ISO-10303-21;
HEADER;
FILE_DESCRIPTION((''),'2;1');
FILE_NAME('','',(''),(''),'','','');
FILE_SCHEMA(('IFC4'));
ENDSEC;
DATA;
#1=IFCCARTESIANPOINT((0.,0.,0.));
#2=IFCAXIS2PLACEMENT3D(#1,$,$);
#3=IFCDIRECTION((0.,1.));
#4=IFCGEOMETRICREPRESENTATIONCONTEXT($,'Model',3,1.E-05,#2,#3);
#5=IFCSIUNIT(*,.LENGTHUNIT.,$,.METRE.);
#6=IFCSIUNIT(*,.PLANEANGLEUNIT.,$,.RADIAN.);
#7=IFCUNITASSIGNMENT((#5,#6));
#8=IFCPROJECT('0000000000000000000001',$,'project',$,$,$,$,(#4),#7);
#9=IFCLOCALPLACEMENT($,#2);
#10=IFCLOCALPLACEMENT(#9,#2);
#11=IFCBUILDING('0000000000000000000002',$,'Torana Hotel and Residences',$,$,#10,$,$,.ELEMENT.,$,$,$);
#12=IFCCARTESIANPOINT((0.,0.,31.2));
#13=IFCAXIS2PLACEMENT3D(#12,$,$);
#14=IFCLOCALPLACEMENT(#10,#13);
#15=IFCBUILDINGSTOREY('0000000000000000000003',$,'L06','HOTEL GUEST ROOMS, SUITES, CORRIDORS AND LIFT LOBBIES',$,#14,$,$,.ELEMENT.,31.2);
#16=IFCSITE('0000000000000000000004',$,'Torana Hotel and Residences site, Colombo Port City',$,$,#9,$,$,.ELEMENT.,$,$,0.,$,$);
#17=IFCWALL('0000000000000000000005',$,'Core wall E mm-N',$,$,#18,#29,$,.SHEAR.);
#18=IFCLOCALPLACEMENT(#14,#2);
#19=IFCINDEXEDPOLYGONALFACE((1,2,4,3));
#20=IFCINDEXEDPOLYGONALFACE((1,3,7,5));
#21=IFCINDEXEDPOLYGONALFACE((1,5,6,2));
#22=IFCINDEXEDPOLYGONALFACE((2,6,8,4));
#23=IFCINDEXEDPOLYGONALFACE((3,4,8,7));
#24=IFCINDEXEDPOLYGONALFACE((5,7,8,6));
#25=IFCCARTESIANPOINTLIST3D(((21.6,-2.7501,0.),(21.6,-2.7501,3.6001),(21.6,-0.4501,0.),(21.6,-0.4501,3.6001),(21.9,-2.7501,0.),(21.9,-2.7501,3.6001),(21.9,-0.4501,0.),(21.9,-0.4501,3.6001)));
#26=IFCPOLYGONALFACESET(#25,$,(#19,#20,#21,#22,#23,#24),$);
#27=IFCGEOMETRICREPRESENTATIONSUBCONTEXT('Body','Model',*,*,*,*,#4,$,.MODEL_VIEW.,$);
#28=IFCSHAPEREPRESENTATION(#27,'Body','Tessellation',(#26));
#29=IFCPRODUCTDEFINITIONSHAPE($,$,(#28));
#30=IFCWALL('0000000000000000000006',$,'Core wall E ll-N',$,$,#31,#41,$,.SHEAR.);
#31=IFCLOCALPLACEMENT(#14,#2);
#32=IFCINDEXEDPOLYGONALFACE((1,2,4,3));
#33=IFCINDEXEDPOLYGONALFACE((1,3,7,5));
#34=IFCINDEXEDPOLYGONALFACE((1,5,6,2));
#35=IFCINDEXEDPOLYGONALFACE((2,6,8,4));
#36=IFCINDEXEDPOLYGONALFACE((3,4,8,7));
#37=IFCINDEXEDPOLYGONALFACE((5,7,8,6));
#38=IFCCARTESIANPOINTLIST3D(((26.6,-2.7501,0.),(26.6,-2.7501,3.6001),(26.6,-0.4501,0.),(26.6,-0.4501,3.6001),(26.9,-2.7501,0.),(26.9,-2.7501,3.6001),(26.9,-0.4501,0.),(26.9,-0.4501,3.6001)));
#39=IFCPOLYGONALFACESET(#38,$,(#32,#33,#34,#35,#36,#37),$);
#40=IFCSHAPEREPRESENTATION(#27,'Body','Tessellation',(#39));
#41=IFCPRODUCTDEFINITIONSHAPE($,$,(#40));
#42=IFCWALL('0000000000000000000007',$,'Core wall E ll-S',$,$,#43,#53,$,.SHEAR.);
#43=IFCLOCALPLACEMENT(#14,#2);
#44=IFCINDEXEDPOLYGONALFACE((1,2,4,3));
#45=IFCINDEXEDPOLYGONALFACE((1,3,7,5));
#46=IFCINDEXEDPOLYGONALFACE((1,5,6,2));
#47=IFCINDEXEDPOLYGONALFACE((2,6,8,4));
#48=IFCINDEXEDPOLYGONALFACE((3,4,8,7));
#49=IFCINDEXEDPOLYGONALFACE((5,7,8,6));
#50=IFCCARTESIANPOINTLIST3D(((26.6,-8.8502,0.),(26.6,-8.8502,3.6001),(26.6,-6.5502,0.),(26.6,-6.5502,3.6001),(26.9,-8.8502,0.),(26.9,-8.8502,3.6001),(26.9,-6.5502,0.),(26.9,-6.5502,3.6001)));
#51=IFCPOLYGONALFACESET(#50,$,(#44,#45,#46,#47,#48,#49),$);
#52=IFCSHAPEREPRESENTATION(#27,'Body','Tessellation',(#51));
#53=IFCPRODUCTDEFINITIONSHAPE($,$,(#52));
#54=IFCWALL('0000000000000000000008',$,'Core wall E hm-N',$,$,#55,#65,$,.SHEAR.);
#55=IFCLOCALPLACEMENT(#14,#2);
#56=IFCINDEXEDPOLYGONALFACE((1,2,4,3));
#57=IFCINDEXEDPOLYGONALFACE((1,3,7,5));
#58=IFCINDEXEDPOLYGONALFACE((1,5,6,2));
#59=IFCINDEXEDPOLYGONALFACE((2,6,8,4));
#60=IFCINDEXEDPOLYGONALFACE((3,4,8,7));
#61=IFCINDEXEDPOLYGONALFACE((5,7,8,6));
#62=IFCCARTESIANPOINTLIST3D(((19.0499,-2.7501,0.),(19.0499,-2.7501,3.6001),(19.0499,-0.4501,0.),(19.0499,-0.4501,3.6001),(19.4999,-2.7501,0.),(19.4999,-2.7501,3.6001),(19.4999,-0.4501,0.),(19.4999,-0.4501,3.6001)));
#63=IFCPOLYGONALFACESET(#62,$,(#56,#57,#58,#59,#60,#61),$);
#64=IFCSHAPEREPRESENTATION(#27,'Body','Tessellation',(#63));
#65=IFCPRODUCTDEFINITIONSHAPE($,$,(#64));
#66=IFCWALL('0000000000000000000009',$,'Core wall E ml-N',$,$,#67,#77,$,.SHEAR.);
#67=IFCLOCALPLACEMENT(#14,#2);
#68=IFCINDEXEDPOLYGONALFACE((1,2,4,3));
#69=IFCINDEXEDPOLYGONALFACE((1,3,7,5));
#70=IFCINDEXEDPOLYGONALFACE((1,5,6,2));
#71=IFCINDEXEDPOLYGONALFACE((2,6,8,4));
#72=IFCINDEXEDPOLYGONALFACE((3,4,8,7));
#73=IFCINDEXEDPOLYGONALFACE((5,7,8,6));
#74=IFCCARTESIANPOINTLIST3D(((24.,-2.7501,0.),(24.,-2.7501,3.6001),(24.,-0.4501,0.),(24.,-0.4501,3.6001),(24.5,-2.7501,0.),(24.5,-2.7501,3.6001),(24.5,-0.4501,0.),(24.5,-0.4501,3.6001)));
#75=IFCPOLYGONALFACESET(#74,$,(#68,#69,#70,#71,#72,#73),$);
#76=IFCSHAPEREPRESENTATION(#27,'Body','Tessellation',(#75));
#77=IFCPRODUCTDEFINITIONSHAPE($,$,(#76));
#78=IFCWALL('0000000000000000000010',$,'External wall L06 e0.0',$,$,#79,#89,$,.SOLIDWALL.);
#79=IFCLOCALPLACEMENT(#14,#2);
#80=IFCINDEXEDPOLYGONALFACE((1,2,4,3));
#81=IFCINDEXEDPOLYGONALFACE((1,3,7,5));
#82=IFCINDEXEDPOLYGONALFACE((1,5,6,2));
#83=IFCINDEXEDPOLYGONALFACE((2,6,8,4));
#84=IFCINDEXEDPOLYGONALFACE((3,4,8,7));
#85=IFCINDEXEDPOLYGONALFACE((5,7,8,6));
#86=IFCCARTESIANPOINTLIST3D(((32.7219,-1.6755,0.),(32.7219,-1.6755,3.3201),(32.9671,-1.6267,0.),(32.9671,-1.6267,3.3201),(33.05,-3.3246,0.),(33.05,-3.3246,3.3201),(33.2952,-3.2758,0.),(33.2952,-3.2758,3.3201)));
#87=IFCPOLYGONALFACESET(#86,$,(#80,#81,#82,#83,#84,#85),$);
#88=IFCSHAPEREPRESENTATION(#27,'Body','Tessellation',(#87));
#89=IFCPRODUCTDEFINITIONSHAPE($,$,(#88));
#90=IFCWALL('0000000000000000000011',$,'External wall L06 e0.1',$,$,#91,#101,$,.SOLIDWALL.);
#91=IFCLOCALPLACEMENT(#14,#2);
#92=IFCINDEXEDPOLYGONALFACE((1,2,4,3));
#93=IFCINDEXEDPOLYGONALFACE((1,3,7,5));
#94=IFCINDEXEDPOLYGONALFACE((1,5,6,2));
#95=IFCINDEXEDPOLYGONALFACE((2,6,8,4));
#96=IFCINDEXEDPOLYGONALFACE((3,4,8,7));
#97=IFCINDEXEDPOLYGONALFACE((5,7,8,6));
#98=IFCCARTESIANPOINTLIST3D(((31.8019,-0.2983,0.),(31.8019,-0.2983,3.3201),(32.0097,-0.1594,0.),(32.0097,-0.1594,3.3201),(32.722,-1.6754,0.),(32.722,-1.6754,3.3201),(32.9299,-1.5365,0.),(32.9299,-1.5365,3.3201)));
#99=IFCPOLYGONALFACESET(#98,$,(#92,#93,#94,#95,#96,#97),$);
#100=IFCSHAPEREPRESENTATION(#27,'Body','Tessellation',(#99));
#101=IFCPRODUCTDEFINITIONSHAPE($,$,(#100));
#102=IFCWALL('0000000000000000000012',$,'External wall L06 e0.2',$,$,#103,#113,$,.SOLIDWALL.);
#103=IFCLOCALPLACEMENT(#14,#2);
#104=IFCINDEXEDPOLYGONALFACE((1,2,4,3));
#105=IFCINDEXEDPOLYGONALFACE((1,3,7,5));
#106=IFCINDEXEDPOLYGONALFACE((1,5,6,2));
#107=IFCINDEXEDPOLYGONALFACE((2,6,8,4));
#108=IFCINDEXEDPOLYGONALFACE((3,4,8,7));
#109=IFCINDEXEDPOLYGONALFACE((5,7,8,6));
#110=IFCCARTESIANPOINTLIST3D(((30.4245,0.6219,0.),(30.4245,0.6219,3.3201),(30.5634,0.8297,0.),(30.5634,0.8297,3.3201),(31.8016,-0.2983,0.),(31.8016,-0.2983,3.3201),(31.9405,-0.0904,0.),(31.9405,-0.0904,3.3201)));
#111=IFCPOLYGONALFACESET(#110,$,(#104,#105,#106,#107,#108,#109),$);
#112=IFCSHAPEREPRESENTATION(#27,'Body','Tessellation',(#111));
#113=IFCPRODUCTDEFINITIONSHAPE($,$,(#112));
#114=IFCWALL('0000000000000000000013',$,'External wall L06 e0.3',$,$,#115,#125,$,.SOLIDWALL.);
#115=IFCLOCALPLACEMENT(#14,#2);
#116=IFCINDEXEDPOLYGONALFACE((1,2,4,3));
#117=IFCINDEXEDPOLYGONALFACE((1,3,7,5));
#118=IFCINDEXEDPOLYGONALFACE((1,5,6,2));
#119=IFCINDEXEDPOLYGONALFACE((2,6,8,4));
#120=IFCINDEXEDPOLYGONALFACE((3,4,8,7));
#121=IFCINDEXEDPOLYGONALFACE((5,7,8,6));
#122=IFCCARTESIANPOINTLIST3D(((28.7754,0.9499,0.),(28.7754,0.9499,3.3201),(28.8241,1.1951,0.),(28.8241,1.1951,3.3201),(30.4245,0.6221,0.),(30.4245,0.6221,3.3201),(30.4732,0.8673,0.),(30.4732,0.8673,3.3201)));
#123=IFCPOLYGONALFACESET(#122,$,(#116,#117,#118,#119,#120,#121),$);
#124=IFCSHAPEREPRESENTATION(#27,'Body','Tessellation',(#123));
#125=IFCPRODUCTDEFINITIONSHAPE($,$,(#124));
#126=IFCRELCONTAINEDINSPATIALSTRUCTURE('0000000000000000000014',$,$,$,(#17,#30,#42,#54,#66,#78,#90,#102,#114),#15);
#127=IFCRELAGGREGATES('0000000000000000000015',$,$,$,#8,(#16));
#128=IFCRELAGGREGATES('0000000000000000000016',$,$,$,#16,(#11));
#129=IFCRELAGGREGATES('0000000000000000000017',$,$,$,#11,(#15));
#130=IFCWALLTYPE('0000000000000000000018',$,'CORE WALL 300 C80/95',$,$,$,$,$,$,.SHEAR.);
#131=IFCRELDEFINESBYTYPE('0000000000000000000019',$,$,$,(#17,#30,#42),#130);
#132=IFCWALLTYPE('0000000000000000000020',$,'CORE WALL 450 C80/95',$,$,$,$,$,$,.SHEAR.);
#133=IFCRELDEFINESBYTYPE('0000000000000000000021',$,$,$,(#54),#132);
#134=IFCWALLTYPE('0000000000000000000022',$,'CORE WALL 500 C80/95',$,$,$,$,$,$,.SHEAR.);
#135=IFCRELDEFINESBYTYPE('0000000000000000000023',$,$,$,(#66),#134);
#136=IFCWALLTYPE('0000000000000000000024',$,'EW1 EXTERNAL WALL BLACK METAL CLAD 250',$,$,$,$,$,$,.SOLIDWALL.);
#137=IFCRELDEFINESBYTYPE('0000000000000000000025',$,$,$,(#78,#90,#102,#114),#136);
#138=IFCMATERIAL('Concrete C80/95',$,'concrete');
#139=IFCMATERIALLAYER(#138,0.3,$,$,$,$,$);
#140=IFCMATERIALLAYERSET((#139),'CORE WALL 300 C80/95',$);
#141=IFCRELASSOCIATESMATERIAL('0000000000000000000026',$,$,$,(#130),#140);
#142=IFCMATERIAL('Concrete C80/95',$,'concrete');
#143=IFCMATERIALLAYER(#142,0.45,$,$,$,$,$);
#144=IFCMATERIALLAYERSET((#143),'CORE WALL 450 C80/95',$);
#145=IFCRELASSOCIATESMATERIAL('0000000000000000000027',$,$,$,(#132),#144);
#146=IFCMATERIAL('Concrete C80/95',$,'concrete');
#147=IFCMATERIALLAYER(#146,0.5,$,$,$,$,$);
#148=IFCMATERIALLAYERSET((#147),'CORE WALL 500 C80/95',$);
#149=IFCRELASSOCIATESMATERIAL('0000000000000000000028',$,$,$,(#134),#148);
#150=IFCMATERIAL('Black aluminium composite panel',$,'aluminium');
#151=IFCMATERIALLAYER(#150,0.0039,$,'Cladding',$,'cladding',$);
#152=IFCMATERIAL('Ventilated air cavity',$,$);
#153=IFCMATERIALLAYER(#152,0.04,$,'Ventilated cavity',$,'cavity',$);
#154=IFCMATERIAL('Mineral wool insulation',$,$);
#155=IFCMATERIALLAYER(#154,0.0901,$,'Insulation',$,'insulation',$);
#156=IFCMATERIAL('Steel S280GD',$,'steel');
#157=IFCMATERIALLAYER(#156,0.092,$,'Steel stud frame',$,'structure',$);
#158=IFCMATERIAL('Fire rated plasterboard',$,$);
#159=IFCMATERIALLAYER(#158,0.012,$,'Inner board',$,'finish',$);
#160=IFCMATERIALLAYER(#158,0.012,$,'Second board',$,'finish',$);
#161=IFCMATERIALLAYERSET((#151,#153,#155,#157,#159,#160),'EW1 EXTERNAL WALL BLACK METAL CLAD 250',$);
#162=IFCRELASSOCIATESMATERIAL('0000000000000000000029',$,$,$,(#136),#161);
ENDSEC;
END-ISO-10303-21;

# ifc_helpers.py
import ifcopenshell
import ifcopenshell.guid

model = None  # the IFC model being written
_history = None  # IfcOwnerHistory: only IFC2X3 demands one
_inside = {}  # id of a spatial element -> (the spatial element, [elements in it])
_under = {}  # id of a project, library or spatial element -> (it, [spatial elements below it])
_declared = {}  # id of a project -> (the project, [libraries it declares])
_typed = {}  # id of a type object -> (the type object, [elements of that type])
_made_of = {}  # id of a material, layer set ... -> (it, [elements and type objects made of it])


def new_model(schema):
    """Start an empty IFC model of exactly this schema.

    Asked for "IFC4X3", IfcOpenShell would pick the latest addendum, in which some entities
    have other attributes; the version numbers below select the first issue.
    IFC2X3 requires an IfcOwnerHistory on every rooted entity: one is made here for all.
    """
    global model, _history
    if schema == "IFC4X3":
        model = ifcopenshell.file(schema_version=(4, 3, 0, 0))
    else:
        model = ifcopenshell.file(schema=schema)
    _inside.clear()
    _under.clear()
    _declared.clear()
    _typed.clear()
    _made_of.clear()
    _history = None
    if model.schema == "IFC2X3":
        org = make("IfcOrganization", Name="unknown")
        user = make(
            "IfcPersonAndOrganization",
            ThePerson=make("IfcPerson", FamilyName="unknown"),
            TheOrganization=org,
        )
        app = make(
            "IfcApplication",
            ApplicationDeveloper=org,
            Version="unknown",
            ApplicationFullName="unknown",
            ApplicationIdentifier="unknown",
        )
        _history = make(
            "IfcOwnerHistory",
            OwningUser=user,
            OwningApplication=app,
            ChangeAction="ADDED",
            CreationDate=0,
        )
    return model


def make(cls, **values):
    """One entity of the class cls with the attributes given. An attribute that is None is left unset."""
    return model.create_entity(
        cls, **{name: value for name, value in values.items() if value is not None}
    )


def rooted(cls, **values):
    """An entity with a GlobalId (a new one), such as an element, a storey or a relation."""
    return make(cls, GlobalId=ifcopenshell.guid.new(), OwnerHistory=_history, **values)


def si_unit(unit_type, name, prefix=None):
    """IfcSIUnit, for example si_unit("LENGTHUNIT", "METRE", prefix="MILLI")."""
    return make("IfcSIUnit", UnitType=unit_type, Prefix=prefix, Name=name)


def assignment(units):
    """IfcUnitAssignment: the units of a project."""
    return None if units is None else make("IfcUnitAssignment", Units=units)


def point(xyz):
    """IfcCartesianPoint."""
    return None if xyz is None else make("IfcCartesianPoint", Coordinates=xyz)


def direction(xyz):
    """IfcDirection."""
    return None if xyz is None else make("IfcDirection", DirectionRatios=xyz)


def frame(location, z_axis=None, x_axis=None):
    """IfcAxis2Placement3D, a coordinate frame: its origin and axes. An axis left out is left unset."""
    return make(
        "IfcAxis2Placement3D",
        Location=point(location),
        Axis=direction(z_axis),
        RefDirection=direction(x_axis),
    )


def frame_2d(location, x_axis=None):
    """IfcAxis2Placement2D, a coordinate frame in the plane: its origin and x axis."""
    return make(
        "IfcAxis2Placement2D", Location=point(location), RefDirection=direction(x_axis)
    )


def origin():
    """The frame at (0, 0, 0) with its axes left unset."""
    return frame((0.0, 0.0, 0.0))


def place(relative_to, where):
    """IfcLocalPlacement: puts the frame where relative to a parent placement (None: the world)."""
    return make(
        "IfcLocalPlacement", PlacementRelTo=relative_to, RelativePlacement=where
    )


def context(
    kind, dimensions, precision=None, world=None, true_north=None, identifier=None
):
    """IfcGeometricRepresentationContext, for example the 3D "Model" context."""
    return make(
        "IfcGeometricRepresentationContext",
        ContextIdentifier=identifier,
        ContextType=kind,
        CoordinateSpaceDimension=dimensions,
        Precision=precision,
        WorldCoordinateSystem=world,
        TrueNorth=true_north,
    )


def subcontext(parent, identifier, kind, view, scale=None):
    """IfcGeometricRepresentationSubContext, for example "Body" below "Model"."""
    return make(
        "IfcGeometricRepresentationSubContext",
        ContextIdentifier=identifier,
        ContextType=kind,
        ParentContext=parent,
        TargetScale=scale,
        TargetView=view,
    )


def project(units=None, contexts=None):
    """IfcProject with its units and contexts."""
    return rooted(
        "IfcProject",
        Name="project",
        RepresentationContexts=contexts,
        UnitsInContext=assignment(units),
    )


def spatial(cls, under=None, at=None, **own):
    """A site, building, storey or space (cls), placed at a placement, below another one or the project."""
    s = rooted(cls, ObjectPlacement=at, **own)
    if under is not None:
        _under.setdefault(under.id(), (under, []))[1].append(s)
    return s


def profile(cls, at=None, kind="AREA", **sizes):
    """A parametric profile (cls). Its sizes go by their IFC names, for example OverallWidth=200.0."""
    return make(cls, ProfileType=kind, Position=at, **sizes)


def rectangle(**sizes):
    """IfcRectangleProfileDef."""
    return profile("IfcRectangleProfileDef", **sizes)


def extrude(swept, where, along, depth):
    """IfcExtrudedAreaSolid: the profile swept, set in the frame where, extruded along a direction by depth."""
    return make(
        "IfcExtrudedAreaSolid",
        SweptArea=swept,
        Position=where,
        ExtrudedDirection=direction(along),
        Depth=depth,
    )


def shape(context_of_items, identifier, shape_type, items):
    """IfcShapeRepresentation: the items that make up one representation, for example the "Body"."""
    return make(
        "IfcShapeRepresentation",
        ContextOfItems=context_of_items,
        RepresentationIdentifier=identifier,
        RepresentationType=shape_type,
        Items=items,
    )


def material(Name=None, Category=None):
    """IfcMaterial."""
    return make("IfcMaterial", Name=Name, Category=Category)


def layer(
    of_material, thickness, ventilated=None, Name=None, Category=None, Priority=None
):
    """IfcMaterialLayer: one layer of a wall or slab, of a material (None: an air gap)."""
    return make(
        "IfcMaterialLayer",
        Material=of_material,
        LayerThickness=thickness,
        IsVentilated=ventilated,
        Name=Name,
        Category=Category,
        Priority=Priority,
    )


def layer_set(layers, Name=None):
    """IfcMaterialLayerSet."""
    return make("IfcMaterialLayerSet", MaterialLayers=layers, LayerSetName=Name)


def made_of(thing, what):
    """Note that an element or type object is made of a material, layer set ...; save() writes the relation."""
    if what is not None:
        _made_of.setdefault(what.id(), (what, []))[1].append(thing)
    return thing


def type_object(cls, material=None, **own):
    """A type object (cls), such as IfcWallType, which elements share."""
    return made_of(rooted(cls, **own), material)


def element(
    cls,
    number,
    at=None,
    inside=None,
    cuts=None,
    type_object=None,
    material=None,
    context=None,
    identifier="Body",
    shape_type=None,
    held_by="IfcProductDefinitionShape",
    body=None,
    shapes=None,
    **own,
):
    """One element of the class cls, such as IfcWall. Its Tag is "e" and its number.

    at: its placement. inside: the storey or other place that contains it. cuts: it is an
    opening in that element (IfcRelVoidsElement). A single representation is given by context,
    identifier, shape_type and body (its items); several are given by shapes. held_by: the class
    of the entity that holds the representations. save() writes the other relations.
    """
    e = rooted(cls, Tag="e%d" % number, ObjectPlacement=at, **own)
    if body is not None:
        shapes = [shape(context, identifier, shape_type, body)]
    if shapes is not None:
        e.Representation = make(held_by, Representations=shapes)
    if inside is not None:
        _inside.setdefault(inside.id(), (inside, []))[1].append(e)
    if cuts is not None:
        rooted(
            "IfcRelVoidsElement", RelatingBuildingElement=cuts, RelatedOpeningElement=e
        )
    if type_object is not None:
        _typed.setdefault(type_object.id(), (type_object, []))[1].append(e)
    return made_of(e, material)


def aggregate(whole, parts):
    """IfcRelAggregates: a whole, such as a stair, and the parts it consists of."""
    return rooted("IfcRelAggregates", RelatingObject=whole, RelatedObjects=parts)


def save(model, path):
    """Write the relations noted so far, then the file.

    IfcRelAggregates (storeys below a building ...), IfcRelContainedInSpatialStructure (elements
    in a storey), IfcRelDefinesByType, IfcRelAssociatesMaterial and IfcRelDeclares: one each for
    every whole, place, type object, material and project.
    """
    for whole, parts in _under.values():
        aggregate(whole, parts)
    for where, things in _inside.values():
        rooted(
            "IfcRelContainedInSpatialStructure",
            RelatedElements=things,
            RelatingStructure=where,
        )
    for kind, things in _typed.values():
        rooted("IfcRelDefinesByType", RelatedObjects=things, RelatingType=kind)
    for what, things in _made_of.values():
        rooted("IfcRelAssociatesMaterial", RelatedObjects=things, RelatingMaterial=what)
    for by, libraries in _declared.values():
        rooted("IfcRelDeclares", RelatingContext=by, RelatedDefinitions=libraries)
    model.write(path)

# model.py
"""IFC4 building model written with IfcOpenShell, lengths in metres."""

from ifc_helpers import new_model, si_unit, direction, frame, frame_2d, origin, place, context, subcontext, project, spatial, rectangle, extrude, material, layer, layer_set, type_object, element, save


model = new_model("IFC4")

# Units and contexts
model_context = context("Model", 3, precision=1e-05, world=origin(), true_north=direction((0.0, 1.0)))
body_context = subcontext(model_context, "Body", "Model", "MODEL_VIEW")
ifc_project = project(units=[si_unit("LENGTHUNIT", "METRE"), si_unit("PLANEANGLEUNIT", "RADIAN")], contexts=[model_context])

# Site, building, storey
site_placement = place(None, origin())
site = spatial("IfcSite", under=ifc_project, at=site_placement, Name="Torana Hotel and Residences site, Colombo Port City", CompositionType="ELEMENT", RefElevation=0.0)
building_placement = place(site_placement, origin())
building = spatial("IfcBuilding", under=site, at=building_placement, Name="Torana Hotel and Residences", CompositionType="ELEMENT")
storey_placement = place(building_placement, frame((0.0, 0.0, 31.2)))
storey = spatial("IfcBuildingStorey", under=building, at=storey_placement, Name="L06", Description="HOTEL GUEST ROOMS, SUITES, CORRIDORS AND LIFT LOBBIES", CompositionType="ELEMENT", Elevation=31.2)

# Walls
ifc_material_1 = material(Name="Concrete C80/95", Category="concrete")
ifc_layer_1 = layer(ifc_material_1, 0.3)
ifc_layer_set_1 = layer_set([ifc_layer_1], Name="CORE WALL 300 C80/95")
wall_type_1 = type_object("IfcWallType", Name="CORE WALL 300 C80/95", PredefinedType="SHEAR", material=ifc_layer_set_1)
for number, where, z_axis, x_axis, name in (
    (1, (21.75, -2.75, 0.0), (0.0, 0.0, 1.0), (0.0, 1.0, 0.0), "Core wall E mm-N"),
    (2, (26.75, -2.75, 0.0), (0.0, 0.0, 1.0), (0.0, 1.0, 0.0), "Core wall E ll-N"),
    (3, (26.75, -8.8501, 0.0), (0.0, 0.0, 1.0), (0.0, 1.0, 0.0), "Core wall E ll-S"),
):
    element("IfcWall", number, at=place(storey_placement, frame(where, z_axis=z_axis, x_axis=x_axis)), inside=storey, type_object=wall_type_1, Name=name, PredefinedType="SHEAR", context=body_context, shape_type="SweptSolid", body=[
        extrude(rectangle(XDim=2.3, YDim=0.3, at=frame_2d((1.1499, 0.0))), origin(), (0.0, 0.0, 1.0), 3.6001),
    ])
ifc_material_2 = material(Name="Concrete C80/95", Category="concrete")
ifc_layer_2 = layer(ifc_material_2, 0.45)
ifc_layer_set_2 = layer_set([ifc_layer_2], Name="CORE WALL 450 C80/95")
wall_type_2 = type_object("IfcWallType", Name="CORE WALL 450 C80/95", PredefinedType="SHEAR", material=ifc_layer_set_2)
wall_1_placement = place(storey_placement, frame((19.2749, -2.75, 0.0), z_axis=(0.0, 0.0, 1.0), x_axis=(0.0, 1.0, 0.0)))
element("IfcWall", 4, at=wall_1_placement, inside=storey, type_object=wall_type_2, Name="Core wall E hm-N", PredefinedType="SHEAR", context=body_context, shape_type="SweptSolid", body=[
    extrude(rectangle(XDim=2.3, YDim=0.45, at=frame_2d((1.1499, 0.0))), origin(), (0.0, 0.0, 1.0), 3.6001),
])
ifc_material_3 = material(Name="Concrete C80/95", Category="concrete")
ifc_layer_3 = layer(ifc_material_3, 0.5)
ifc_layer_set_3 = layer_set([ifc_layer_3], Name="CORE WALL 500 C80/95")
wall_type_3 = type_object("IfcWallType", Name="CORE WALL 500 C80/95", PredefinedType="SHEAR", material=ifc_layer_set_3)
wall_2_placement = place(storey_placement, frame((24.25, -2.75, 0.0), z_axis=(0.0, 0.0, 1.0), x_axis=(0.0, 1.0, 0.0)))
element("IfcWall", 5, at=wall_2_placement, inside=storey, type_object=wall_type_3, Name="Core wall E ml-N", PredefinedType="SHEAR", context=body_context, shape_type="SweptSolid", body=[
    extrude(rectangle(XDim=2.3, YDim=0.5, at=frame_2d((1.1499, 0.0))), origin(), (0.0, 0.0, 1.0), 3.6001),
])
ifc_material_4 = material(Name="Black aluminium composite panel", Category="aluminium")
ifc_layer_4 = layer(ifc_material_4, 0.0039, Name="Cladding", Category="cladding")
ifc_material_5 = material(Name="Ventilated air cavity")
ifc_layer_5 = layer(ifc_material_5, 0.04, Name="Ventilated cavity", Category="cavity")
ifc_material_6 = material(Name="Mineral wool insulation")
ifc_layer_6 = layer(ifc_material_6, 0.0901, Name="Insulation", Category="insulation")
ifc_material_7 = material(Name="Steel S280GD", Category="steel")
ifc_layer_7 = layer(ifc_material_7, 0.092, Name="Steel stud frame", Category="structure")
ifc_material_8 = material(Name="Fire rated plasterboard")
ifc_layer_8 = layer(ifc_material_8, 0.012, Name="Inner board", Category="finish")
ifc_layer_9 = layer(ifc_material_8, 0.012, Name="Second board", Category="finish")
ifc_layer_set_4 = layer_set([ifc_layer_4, ifc_layer_5, ifc_layer_6, ifc_layer_7, ifc_layer_8, ifc_layer_9], Name="EW1 EXTERNAL WALL BLACK METAL CLAD 250")
wall_type_4 = type_object("IfcWallType", Name="EW1 EXTERNAL WALL BLACK METAL CLAD 250", PredefinedType="SOLIDWALL", material=ifc_layer_set_4)
wall_3_placement = place(storey_placement, frame((33.1726, -3.3003, 0.0), z_axis=(0.0, 0.0, 1.0), x_axis=(-0.195139, 0.980776, 0.0)))
element("IfcWall", 6, at=wall_3_placement, inside=storey, type_object=wall_type_4, Name="External wall L06 e0.0", PredefinedType="SOLIDWALL", context=body_context, shape_type="SweptSolid", body=[
    extrude(rectangle(XDim=1.6814, YDim=0.25, at=frame_2d((0.8408, 0.0))), origin(), (0.0, 0.0, 1.0), 3.3201),
])
for number, where, z_axis, x_axis, name in (
    (7, (32.8259, -1.606, 0.0), (0.0, 0.0, 1.0), (-0.55555, 0.831483, 0.0), "External wall L06 e0.1"),
    (8, (31.8711, -0.1943, 0.0), (0.0, 0.0, 1.0), (-0.831483, 0.55555, 0.0), "External wall L06 e0.2"),
):
    element("IfcWall", number, at=place(storey_placement, frame(where, z_axis=z_axis, x_axis=x_axis)), inside=storey, type_object=wall_type_4, Name=name, PredefinedType="SOLIDWALL", context=body_context, shape_type="SweptSolid", body=[
        extrude(rectangle(XDim=1.6562, YDim=0.25, at=frame_2d((0.8281, 0.0))), origin(), (0.0, 0.0, 1.0), 3.3201),
    ])
wall_4_placement = place(storey_placement, frame((30.449, 0.7446, 0.0), z_axis=(0.0, 0.0, 1.0), x_axis=(-0.980803, 0.194999, 0.0)))
element("IfcWall", 9, at=wall_4_placement, inside=storey, type_object=wall_type_4, Name="External wall L06 e0.3", PredefinedType="SOLIDWALL", context=body_context, shape_type="SweptSolid", body=[
    extrude(rectangle(XDim=1.6814, YDim=0.25, at=frame_2d((0.8408, 0.0))), origin(), (0.0, 0.0, 1.0), 3.3201),
])

save(model, "model.ifc")
